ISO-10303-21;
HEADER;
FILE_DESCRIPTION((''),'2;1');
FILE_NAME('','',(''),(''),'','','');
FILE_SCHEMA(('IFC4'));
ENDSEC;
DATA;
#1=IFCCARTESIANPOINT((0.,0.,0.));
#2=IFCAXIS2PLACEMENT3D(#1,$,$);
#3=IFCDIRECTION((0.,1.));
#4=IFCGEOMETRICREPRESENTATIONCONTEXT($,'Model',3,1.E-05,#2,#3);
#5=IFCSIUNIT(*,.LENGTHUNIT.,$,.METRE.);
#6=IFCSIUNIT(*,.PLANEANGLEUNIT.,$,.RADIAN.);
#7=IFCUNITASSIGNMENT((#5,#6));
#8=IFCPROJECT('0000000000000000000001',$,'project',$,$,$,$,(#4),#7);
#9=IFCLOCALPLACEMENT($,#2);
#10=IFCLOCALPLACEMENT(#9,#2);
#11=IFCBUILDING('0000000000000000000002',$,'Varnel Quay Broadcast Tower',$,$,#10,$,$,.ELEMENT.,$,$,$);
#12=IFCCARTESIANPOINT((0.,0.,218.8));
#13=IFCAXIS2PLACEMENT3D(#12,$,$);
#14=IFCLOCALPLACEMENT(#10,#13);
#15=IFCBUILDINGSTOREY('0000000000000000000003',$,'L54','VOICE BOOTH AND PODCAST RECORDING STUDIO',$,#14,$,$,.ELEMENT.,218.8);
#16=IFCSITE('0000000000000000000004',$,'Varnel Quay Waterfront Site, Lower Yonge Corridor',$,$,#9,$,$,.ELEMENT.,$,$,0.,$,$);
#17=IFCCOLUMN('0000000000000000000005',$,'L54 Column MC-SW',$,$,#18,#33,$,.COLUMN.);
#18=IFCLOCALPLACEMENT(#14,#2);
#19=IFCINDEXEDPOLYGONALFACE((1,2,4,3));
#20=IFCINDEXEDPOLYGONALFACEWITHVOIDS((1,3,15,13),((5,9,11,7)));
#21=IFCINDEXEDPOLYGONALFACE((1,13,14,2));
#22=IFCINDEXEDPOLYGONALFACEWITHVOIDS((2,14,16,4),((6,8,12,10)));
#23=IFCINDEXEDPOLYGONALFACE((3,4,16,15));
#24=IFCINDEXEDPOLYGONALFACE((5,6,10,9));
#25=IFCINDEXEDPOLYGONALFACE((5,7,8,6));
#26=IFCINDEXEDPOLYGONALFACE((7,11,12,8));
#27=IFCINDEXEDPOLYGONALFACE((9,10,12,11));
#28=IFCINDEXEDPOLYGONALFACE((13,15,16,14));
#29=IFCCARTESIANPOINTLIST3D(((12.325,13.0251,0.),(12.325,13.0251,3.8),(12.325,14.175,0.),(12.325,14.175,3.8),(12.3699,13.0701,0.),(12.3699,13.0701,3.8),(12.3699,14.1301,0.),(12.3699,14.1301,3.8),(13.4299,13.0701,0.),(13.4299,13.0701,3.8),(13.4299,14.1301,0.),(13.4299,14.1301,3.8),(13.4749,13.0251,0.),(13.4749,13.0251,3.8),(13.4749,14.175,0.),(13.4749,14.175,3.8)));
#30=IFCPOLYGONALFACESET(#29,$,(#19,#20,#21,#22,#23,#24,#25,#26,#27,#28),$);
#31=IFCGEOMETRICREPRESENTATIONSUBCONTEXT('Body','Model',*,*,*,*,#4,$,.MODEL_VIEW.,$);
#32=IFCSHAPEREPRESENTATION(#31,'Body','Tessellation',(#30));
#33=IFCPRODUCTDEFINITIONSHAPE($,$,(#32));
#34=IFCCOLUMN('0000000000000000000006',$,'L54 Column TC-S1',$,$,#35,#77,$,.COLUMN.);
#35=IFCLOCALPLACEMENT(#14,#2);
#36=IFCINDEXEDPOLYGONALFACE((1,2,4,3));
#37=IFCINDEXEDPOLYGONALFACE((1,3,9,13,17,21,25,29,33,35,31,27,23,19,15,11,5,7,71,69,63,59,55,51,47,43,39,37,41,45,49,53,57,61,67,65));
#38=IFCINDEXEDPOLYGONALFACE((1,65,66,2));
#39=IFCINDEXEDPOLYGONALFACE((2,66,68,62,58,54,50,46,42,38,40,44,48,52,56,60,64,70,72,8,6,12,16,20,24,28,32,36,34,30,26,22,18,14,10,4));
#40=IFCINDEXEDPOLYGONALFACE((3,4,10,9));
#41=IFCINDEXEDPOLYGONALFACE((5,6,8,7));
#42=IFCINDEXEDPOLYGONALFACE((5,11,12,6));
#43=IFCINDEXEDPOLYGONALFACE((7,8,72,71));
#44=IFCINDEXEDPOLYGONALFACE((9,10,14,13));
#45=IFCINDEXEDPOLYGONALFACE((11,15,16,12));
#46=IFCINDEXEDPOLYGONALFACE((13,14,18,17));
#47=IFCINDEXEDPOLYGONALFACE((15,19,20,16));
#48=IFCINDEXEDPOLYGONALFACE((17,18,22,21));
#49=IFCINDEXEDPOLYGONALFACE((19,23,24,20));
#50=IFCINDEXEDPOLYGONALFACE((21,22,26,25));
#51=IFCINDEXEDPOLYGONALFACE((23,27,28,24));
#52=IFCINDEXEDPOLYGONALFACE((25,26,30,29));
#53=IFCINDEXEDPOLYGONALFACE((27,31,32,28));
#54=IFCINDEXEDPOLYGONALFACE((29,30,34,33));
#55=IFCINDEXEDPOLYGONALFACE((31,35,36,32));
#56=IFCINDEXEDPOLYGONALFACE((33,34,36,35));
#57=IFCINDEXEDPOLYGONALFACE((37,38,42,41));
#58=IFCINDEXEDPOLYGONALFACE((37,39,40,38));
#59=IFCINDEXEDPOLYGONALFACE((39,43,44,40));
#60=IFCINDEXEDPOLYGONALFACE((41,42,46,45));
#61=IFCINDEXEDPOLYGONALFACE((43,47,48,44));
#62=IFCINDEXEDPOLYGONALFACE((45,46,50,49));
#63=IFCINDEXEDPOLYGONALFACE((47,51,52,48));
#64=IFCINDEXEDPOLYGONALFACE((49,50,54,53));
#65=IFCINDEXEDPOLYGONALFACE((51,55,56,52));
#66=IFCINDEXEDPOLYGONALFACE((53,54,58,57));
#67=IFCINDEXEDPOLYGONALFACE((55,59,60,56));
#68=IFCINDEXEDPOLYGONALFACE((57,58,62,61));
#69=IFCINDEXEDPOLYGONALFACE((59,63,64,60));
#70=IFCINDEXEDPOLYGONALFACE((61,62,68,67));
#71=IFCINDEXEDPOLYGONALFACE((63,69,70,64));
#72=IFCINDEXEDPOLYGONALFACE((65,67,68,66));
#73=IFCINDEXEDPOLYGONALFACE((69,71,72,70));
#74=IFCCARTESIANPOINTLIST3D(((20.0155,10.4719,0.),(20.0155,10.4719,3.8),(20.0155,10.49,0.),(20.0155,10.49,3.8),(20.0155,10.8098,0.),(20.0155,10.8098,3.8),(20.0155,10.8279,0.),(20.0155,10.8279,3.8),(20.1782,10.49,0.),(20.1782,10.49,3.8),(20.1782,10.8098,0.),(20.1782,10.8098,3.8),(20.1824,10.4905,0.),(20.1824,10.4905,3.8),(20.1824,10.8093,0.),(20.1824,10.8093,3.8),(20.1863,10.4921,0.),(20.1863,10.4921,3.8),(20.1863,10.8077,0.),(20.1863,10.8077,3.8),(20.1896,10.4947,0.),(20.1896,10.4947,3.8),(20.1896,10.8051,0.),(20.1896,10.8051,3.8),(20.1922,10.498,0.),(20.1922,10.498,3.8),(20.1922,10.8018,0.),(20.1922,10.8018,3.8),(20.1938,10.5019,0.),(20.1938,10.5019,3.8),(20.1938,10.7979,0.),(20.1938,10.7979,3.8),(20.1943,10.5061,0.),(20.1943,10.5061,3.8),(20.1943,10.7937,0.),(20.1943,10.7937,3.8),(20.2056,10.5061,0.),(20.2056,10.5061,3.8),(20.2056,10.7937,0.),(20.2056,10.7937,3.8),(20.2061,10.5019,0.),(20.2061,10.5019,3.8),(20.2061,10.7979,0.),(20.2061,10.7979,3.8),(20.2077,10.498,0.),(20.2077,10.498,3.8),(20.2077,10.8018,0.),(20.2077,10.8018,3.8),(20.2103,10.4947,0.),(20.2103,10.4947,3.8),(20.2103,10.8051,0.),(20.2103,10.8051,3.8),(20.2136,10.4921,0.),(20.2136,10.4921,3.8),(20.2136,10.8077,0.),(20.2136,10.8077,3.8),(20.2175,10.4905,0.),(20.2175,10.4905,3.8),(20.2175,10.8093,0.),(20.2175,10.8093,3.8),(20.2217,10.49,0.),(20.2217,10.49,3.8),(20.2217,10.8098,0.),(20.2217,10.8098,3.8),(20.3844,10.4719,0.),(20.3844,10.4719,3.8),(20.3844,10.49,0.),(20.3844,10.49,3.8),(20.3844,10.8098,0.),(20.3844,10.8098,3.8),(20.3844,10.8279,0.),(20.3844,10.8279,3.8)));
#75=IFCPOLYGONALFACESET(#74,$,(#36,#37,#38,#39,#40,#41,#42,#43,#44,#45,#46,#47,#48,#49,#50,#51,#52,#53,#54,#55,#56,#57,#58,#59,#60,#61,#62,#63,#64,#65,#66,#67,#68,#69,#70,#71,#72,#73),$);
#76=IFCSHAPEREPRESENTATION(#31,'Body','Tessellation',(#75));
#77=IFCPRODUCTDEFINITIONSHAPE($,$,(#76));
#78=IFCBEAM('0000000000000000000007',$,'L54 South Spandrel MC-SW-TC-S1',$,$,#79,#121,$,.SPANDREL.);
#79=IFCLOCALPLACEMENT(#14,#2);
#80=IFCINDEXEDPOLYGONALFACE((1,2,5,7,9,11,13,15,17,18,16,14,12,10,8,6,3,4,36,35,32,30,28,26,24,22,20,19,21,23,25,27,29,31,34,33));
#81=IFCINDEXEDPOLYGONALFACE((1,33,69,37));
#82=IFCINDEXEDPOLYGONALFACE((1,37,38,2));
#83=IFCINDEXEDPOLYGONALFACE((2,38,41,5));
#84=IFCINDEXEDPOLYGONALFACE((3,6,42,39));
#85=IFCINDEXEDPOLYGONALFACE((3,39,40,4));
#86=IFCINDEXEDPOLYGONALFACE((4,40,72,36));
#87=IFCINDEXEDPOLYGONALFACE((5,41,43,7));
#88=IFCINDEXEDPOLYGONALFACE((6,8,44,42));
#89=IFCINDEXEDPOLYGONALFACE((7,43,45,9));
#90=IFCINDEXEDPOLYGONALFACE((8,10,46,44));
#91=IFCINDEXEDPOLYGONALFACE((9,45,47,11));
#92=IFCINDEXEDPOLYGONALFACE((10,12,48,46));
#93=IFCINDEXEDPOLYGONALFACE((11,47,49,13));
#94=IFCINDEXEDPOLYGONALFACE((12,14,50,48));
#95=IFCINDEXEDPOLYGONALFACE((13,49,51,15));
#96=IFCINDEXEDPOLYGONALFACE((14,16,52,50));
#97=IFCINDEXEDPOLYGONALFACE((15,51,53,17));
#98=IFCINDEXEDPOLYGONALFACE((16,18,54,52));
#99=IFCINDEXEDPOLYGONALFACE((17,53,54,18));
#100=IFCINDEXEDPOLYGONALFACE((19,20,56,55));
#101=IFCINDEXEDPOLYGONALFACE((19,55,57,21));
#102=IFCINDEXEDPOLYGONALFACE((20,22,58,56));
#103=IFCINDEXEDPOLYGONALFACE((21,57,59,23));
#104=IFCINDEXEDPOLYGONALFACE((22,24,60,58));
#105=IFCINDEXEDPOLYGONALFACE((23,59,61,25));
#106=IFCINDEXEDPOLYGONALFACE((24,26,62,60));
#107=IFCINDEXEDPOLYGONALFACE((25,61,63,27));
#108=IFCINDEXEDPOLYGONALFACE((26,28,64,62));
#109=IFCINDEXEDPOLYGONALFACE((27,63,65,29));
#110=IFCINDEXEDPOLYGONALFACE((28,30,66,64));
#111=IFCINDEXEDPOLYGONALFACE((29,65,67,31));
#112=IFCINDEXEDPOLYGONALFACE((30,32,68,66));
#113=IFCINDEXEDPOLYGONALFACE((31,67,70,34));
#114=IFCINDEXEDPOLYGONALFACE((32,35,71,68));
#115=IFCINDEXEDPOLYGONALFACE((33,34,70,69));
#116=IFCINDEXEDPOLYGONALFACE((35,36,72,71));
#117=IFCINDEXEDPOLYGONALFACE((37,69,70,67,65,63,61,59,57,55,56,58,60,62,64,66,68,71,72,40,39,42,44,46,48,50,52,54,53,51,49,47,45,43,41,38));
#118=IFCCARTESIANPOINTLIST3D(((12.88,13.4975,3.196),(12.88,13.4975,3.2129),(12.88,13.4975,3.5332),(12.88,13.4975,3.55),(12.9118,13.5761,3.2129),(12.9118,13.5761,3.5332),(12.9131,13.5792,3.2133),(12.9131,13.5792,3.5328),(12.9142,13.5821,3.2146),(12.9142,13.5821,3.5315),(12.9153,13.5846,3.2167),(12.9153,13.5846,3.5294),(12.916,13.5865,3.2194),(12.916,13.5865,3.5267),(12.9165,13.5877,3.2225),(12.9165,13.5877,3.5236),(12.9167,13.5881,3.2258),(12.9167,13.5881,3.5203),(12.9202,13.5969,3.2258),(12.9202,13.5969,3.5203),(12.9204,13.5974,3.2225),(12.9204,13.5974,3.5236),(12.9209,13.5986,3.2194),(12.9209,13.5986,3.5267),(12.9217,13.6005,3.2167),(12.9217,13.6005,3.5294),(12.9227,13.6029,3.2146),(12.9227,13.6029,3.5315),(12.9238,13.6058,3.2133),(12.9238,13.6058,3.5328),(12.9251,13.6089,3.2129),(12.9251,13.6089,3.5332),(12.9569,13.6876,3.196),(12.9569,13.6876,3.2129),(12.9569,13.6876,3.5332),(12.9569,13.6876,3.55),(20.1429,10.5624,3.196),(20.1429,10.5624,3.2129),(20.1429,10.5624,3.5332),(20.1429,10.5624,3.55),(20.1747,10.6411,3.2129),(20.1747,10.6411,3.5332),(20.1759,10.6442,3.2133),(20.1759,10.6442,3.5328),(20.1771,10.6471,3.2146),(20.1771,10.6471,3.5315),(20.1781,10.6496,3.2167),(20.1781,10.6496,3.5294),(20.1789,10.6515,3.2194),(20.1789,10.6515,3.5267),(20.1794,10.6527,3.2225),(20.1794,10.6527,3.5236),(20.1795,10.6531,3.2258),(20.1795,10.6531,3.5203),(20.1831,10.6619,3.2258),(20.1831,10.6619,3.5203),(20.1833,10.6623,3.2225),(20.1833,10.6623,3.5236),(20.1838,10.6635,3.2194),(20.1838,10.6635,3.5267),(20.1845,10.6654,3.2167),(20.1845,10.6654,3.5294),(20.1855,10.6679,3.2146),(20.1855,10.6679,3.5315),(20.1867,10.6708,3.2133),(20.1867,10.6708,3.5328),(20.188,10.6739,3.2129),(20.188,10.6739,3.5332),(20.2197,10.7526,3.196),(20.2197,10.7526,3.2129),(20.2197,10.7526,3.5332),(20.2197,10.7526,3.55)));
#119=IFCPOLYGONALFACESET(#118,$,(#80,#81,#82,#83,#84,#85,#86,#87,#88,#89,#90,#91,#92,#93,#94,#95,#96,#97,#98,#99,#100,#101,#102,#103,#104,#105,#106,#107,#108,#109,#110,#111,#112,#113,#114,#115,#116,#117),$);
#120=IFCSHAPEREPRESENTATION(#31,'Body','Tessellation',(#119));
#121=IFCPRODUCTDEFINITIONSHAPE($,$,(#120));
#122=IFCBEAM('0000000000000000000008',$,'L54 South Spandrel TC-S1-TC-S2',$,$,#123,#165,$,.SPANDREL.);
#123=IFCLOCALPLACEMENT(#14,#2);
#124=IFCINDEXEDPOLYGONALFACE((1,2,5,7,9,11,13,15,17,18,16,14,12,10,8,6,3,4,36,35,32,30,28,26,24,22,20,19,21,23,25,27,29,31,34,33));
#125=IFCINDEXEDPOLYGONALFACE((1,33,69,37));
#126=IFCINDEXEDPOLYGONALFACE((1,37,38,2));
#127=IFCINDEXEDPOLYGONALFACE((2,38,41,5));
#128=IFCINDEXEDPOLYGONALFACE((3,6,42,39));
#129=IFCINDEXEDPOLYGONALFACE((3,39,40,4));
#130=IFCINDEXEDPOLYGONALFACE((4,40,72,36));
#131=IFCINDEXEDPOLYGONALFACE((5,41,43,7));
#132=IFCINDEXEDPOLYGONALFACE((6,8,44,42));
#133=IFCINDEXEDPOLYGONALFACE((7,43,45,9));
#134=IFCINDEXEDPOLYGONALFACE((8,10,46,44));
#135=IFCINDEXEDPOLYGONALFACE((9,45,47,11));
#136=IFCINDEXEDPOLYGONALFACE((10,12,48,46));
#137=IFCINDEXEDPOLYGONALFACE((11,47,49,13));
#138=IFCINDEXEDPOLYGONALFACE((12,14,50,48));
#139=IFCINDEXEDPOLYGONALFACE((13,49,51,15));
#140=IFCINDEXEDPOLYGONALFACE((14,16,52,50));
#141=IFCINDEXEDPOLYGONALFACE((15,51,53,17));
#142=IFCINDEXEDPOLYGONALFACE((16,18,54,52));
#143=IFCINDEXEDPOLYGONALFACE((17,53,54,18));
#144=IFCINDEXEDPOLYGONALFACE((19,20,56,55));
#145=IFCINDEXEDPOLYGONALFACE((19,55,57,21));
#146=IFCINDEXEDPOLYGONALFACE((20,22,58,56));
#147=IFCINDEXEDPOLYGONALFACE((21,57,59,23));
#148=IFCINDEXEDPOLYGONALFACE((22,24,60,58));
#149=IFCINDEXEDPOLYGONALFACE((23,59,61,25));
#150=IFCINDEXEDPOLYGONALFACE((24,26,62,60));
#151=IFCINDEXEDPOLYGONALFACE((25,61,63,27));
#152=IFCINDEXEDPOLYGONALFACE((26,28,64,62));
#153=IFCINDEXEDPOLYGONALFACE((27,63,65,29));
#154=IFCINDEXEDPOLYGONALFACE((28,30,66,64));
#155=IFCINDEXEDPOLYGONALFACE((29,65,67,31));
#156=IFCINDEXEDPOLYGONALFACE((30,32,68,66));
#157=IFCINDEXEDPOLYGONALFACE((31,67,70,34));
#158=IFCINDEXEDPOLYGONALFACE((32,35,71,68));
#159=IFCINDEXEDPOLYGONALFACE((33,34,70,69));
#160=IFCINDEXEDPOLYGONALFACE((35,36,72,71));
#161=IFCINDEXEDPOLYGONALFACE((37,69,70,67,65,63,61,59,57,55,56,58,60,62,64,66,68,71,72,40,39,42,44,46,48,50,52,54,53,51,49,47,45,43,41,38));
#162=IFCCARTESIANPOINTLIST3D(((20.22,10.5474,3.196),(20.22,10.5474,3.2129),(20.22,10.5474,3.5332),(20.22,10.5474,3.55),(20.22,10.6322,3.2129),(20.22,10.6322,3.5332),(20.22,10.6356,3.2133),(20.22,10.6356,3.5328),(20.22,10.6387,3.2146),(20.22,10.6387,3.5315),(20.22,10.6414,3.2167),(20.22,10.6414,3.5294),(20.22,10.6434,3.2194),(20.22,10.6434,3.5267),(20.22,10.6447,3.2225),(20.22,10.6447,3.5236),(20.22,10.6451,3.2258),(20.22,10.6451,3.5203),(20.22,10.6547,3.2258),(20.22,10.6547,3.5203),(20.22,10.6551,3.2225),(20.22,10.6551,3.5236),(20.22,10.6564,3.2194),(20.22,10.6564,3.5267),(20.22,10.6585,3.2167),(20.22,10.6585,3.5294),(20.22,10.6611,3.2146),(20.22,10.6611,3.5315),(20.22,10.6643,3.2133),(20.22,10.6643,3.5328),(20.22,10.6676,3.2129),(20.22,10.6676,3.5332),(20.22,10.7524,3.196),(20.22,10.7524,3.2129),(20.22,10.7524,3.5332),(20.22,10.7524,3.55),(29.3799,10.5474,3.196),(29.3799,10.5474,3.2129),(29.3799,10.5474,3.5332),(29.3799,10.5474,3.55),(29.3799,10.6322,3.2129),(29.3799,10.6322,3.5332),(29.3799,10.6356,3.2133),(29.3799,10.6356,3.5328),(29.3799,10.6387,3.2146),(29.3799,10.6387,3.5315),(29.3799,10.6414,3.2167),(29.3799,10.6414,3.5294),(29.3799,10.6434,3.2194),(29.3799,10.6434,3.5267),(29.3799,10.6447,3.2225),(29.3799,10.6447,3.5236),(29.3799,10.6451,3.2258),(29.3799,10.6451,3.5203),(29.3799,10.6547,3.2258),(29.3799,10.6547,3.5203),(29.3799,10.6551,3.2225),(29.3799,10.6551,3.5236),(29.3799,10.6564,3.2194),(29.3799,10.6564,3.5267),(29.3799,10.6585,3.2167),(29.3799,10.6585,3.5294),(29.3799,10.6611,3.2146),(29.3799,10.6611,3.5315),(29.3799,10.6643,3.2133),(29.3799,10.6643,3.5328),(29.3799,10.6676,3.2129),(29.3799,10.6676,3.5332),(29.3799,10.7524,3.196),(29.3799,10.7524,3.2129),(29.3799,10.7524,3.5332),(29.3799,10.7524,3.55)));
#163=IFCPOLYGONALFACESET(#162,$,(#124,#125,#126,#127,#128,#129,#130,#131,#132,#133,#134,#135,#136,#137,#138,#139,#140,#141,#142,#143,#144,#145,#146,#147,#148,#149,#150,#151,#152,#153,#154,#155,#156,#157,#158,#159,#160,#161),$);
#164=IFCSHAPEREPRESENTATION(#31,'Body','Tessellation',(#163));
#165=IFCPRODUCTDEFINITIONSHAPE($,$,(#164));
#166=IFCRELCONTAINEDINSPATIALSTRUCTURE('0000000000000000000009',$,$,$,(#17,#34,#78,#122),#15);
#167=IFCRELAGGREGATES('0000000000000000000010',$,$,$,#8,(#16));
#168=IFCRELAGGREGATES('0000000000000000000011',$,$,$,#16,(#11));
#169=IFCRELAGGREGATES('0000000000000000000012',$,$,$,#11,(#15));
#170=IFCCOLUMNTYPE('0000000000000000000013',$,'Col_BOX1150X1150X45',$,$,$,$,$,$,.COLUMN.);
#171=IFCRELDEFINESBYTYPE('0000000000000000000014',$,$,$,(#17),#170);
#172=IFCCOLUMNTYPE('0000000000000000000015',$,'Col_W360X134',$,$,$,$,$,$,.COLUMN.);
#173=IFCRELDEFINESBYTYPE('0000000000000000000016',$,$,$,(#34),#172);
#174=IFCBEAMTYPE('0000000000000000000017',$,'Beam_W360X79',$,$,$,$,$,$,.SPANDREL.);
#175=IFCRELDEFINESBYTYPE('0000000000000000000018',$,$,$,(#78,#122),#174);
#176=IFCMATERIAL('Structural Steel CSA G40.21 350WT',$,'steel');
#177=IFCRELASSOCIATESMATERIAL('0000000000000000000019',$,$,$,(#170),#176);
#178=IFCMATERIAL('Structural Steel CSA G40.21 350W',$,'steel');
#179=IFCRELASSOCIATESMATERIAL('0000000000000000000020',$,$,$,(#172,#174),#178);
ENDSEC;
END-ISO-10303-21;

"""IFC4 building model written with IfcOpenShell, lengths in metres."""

from ifc_helpers import new_model, si_unit, direction, frame, origin, origin_2d, place, context, subcontext, project, spatial, hollow_rectangle, i_section, extrude, source, transform, mapped, material, material_profile, profile_set, type_object, type_shapes, element, save


model = new_model("IFC4")

# Units and contexts
model_context = context("Model", 3, precision=1e-05, world=origin(), true_north=direction((0.0, 1.0)))
body_context = subcontext(model_context, "Body", "Model", "MODEL_VIEW")
ifc_project = project(units=[si_unit("LENGTHUNIT", "METRE"), si_unit("PLANEANGLEUNIT", "RADIAN")], contexts=[model_context])

# Site, building, storey
site_placement = place(None, origin())
site = spatial("IfcSite", under=ifc_project, at=site_placement, Name="Varnel Quay Waterfront Site, Lower Yonge Corridor", CompositionType="ELEMENT", RefElevation=0.0)
building_placement = place(site_placement, origin())
building = spatial("IfcBuilding", under=site, at=building_placement, Name="Varnel Quay Broadcast Tower", CompositionType="ELEMENT")
storey_placement = place(building_placement, frame((0.0, 0.0, 218.8)))
storey = spatial("IfcBuildingStorey", under=building, at=storey_placement, Name="L54", Description="VOICE BOOTH AND PODCAST RECORDING STUDIO", CompositionType="ELEMENT", Elevation=218.8)

# Columns
ifc_material_1 = material(Name="Structural Steel CSA G40.21 350WT", Category="steel")
ifc_material_profile_1 = material_profile(ifc_material_1, hollow_rectangle(XDim=1.1499, YDim=1.1499, WallThickness=0.0449, at=origin_2d()), Name="BOX1150X1150X45")
ifc_profile_set_1 = profile_set([ifc_material_profile_1], Name="Structural Steel CSA G40.21 350WT")
column_type_1 = type_object("IfcColumnType", Name="Col_BOX1150X1150X45", PredefinedType="COLUMN", material=ifc_profile_set_1)
shared_shape_1 = source(origin(), body_context, "Body", "SweptSolid", [
    extrude(hollow_rectangle(XDim=1.1499, YDim=1.1499, WallThickness=0.0449, at=origin_2d()), origin(), (0.0, 0.0, 1.0), 3.8),
])
type_shapes(column_type_1, [shared_shape_1])
column_1_placement = place(storey_placement, frame((12.8999, 13.6001, 0.0), z_axis=(0.0, 0.0, 1.0), x_axis=(1.0, 0.0, 0.0)))
element("IfcColumn", 1, at=column_1_placement, inside=storey, type_object=column_type_1, Name="L54 Column MC-SW", PredefinedType="COLUMN", context=body_context, shape_type="MappedRepresentation", body=[
    mapped(shared_shape_1, transform((0.0, 0.0, 0.0), x_axis=(1.0, 0.0, 0.0), y_axis=(0.0, 1.0, 0.0), z_axis=(0.0, 0.0, 1.0), scale=1.0)),
])
ifc_material_2 = material(Name="Structural Steel CSA G40.21 350W", Category="steel")
ifc_material_profile_2 = material_profile(ifc_material_2, i_section(OverallWidth=0.3689, OverallDepth=0.356, WebThickness=0.0112, FlangeThickness=0.0181, FilletRadius=0.0161, at=origin_2d()), Name="W360X134")
ifc_profile_set_2 = profile_set([ifc_material_profile_2], Name="Structural Steel CSA G40.21 350W")
column_type_2 = type_object("IfcColumnType", Name="Col_W360X134", PredefinedType="COLUMN", material=ifc_profile_set_2)
shared_shape_2 = source(origin(), body_context, "Body", "SweptSolid", [
    extrude(i_section(OverallWidth=0.3689, OverallDepth=0.356, WebThickness=0.0112, FlangeThickness=0.0181, FilletRadius=0.0161, at=origin_2d()), origin(), (0.0, 0.0, 1.0), 3.8),
])
type_shapes(column_type_2, [shared_shape_2])
column_2_placement = place(storey_placement, frame((20.2, 10.6499, 0.0), z_axis=(0.0, 0.0, 1.0), x_axis=(1.0, 0.0, 0.0)))
element("IfcColumn", 2, at=column_2_placement, inside=storey, type_object=column_type_2, Name="L54 Column TC-S1", PredefinedType="COLUMN", context=body_context, shape_type="MappedRepresentation", body=[
    mapped(shared_shape_2, transform((0.0, 0.0, 0.0), x_axis=(1.0, 0.0, 0.0), y_axis=(0.0, 1.0, 0.0), z_axis=(0.0, 0.0, 1.0), scale=1.0)),
])

# Beams
ifc_material_profile_3 = material_profile(ifc_material_2, i_section(OverallWidth=0.2051, OverallDepth=0.354, WebThickness=0.0095, FlangeThickness=0.0168, FilletRadius=0.0129, at=origin_2d()), Name="W360X79")
ifc_profile_set_3 = profile_set([ifc_material_profile_3], Name="Structural Steel CSA G40.21 350W")
beam_type_1 = type_object("IfcBeamType", Name="Beam_W360X79", PredefinedType="SPANDREL", material=ifc_profile_set_3)
shared_shape_3 = source(origin(), body_context, "Body", "SweptSolid", [
    extrude(i_section(OverallWidth=0.2051, OverallDepth=0.354, WebThickness=0.0095, FlangeThickness=0.0168, FilletRadius=0.0129, at=origin_2d()), origin(), (0.0, 0.0, 1.0), 7.8335),
])
beam_1_placement = place(storey_placement, frame((12.9185, 13.5925, 3.373), z_axis=(0.927155, -0.374677, 0.0), x_axis=(0.374677, 0.927155, 0.0)))
element("IfcBeam", 3, at=beam_1_placement, inside=storey, type_object=beam_type_1, Name="L54 South Spandrel MC-SW-TC-S1", PredefinedType="SPANDREL", context=body_context, shape_type="MappedRepresentation", body=[
    mapped(shared_shape_3, transform((0.0, 0.0, 0.0), x_axis=(1.0, 0.0, 0.0), y_axis=(0.0, 1.0, 0.0), z_axis=(0.0, 0.0, 1.0), scale=1.0)),
])
shared_shape_4 = source(origin(), body_context, "Body", "SweptSolid", [
    extrude(i_section(OverallWidth=0.2051, OverallDepth=0.354, WebThickness=0.0095, FlangeThickness=0.0168, FilletRadius=0.0129, at=origin_2d()), origin(), (0.0, 0.0, 1.0), 9.1599),
])
beam_2_placement = place(storey_placement, frame((20.22, 10.6499, 3.373), z_axis=(1.0, 0.0, 0.0), x_axis=(0.0, 1.0, 0.0)))
element("IfcBeam", 4, at=beam_2_placement, inside=storey, type_object=beam_type_1, Name="L54 South Spandrel TC-S1-TC-S2", PredefinedType="SPANDREL", context=body_context, shape_type="MappedRepresentation", body=[
    mapped(shared_shape_4, transform((0.0, 0.0, 0.0), x_axis=(1.0, 0.0, 0.0), y_axis=(0.0, 1.0, 0.0), z_axis=(0.0, 0.0, 1.0), scale=1.0)),
])

save(model, "model.ifc")
